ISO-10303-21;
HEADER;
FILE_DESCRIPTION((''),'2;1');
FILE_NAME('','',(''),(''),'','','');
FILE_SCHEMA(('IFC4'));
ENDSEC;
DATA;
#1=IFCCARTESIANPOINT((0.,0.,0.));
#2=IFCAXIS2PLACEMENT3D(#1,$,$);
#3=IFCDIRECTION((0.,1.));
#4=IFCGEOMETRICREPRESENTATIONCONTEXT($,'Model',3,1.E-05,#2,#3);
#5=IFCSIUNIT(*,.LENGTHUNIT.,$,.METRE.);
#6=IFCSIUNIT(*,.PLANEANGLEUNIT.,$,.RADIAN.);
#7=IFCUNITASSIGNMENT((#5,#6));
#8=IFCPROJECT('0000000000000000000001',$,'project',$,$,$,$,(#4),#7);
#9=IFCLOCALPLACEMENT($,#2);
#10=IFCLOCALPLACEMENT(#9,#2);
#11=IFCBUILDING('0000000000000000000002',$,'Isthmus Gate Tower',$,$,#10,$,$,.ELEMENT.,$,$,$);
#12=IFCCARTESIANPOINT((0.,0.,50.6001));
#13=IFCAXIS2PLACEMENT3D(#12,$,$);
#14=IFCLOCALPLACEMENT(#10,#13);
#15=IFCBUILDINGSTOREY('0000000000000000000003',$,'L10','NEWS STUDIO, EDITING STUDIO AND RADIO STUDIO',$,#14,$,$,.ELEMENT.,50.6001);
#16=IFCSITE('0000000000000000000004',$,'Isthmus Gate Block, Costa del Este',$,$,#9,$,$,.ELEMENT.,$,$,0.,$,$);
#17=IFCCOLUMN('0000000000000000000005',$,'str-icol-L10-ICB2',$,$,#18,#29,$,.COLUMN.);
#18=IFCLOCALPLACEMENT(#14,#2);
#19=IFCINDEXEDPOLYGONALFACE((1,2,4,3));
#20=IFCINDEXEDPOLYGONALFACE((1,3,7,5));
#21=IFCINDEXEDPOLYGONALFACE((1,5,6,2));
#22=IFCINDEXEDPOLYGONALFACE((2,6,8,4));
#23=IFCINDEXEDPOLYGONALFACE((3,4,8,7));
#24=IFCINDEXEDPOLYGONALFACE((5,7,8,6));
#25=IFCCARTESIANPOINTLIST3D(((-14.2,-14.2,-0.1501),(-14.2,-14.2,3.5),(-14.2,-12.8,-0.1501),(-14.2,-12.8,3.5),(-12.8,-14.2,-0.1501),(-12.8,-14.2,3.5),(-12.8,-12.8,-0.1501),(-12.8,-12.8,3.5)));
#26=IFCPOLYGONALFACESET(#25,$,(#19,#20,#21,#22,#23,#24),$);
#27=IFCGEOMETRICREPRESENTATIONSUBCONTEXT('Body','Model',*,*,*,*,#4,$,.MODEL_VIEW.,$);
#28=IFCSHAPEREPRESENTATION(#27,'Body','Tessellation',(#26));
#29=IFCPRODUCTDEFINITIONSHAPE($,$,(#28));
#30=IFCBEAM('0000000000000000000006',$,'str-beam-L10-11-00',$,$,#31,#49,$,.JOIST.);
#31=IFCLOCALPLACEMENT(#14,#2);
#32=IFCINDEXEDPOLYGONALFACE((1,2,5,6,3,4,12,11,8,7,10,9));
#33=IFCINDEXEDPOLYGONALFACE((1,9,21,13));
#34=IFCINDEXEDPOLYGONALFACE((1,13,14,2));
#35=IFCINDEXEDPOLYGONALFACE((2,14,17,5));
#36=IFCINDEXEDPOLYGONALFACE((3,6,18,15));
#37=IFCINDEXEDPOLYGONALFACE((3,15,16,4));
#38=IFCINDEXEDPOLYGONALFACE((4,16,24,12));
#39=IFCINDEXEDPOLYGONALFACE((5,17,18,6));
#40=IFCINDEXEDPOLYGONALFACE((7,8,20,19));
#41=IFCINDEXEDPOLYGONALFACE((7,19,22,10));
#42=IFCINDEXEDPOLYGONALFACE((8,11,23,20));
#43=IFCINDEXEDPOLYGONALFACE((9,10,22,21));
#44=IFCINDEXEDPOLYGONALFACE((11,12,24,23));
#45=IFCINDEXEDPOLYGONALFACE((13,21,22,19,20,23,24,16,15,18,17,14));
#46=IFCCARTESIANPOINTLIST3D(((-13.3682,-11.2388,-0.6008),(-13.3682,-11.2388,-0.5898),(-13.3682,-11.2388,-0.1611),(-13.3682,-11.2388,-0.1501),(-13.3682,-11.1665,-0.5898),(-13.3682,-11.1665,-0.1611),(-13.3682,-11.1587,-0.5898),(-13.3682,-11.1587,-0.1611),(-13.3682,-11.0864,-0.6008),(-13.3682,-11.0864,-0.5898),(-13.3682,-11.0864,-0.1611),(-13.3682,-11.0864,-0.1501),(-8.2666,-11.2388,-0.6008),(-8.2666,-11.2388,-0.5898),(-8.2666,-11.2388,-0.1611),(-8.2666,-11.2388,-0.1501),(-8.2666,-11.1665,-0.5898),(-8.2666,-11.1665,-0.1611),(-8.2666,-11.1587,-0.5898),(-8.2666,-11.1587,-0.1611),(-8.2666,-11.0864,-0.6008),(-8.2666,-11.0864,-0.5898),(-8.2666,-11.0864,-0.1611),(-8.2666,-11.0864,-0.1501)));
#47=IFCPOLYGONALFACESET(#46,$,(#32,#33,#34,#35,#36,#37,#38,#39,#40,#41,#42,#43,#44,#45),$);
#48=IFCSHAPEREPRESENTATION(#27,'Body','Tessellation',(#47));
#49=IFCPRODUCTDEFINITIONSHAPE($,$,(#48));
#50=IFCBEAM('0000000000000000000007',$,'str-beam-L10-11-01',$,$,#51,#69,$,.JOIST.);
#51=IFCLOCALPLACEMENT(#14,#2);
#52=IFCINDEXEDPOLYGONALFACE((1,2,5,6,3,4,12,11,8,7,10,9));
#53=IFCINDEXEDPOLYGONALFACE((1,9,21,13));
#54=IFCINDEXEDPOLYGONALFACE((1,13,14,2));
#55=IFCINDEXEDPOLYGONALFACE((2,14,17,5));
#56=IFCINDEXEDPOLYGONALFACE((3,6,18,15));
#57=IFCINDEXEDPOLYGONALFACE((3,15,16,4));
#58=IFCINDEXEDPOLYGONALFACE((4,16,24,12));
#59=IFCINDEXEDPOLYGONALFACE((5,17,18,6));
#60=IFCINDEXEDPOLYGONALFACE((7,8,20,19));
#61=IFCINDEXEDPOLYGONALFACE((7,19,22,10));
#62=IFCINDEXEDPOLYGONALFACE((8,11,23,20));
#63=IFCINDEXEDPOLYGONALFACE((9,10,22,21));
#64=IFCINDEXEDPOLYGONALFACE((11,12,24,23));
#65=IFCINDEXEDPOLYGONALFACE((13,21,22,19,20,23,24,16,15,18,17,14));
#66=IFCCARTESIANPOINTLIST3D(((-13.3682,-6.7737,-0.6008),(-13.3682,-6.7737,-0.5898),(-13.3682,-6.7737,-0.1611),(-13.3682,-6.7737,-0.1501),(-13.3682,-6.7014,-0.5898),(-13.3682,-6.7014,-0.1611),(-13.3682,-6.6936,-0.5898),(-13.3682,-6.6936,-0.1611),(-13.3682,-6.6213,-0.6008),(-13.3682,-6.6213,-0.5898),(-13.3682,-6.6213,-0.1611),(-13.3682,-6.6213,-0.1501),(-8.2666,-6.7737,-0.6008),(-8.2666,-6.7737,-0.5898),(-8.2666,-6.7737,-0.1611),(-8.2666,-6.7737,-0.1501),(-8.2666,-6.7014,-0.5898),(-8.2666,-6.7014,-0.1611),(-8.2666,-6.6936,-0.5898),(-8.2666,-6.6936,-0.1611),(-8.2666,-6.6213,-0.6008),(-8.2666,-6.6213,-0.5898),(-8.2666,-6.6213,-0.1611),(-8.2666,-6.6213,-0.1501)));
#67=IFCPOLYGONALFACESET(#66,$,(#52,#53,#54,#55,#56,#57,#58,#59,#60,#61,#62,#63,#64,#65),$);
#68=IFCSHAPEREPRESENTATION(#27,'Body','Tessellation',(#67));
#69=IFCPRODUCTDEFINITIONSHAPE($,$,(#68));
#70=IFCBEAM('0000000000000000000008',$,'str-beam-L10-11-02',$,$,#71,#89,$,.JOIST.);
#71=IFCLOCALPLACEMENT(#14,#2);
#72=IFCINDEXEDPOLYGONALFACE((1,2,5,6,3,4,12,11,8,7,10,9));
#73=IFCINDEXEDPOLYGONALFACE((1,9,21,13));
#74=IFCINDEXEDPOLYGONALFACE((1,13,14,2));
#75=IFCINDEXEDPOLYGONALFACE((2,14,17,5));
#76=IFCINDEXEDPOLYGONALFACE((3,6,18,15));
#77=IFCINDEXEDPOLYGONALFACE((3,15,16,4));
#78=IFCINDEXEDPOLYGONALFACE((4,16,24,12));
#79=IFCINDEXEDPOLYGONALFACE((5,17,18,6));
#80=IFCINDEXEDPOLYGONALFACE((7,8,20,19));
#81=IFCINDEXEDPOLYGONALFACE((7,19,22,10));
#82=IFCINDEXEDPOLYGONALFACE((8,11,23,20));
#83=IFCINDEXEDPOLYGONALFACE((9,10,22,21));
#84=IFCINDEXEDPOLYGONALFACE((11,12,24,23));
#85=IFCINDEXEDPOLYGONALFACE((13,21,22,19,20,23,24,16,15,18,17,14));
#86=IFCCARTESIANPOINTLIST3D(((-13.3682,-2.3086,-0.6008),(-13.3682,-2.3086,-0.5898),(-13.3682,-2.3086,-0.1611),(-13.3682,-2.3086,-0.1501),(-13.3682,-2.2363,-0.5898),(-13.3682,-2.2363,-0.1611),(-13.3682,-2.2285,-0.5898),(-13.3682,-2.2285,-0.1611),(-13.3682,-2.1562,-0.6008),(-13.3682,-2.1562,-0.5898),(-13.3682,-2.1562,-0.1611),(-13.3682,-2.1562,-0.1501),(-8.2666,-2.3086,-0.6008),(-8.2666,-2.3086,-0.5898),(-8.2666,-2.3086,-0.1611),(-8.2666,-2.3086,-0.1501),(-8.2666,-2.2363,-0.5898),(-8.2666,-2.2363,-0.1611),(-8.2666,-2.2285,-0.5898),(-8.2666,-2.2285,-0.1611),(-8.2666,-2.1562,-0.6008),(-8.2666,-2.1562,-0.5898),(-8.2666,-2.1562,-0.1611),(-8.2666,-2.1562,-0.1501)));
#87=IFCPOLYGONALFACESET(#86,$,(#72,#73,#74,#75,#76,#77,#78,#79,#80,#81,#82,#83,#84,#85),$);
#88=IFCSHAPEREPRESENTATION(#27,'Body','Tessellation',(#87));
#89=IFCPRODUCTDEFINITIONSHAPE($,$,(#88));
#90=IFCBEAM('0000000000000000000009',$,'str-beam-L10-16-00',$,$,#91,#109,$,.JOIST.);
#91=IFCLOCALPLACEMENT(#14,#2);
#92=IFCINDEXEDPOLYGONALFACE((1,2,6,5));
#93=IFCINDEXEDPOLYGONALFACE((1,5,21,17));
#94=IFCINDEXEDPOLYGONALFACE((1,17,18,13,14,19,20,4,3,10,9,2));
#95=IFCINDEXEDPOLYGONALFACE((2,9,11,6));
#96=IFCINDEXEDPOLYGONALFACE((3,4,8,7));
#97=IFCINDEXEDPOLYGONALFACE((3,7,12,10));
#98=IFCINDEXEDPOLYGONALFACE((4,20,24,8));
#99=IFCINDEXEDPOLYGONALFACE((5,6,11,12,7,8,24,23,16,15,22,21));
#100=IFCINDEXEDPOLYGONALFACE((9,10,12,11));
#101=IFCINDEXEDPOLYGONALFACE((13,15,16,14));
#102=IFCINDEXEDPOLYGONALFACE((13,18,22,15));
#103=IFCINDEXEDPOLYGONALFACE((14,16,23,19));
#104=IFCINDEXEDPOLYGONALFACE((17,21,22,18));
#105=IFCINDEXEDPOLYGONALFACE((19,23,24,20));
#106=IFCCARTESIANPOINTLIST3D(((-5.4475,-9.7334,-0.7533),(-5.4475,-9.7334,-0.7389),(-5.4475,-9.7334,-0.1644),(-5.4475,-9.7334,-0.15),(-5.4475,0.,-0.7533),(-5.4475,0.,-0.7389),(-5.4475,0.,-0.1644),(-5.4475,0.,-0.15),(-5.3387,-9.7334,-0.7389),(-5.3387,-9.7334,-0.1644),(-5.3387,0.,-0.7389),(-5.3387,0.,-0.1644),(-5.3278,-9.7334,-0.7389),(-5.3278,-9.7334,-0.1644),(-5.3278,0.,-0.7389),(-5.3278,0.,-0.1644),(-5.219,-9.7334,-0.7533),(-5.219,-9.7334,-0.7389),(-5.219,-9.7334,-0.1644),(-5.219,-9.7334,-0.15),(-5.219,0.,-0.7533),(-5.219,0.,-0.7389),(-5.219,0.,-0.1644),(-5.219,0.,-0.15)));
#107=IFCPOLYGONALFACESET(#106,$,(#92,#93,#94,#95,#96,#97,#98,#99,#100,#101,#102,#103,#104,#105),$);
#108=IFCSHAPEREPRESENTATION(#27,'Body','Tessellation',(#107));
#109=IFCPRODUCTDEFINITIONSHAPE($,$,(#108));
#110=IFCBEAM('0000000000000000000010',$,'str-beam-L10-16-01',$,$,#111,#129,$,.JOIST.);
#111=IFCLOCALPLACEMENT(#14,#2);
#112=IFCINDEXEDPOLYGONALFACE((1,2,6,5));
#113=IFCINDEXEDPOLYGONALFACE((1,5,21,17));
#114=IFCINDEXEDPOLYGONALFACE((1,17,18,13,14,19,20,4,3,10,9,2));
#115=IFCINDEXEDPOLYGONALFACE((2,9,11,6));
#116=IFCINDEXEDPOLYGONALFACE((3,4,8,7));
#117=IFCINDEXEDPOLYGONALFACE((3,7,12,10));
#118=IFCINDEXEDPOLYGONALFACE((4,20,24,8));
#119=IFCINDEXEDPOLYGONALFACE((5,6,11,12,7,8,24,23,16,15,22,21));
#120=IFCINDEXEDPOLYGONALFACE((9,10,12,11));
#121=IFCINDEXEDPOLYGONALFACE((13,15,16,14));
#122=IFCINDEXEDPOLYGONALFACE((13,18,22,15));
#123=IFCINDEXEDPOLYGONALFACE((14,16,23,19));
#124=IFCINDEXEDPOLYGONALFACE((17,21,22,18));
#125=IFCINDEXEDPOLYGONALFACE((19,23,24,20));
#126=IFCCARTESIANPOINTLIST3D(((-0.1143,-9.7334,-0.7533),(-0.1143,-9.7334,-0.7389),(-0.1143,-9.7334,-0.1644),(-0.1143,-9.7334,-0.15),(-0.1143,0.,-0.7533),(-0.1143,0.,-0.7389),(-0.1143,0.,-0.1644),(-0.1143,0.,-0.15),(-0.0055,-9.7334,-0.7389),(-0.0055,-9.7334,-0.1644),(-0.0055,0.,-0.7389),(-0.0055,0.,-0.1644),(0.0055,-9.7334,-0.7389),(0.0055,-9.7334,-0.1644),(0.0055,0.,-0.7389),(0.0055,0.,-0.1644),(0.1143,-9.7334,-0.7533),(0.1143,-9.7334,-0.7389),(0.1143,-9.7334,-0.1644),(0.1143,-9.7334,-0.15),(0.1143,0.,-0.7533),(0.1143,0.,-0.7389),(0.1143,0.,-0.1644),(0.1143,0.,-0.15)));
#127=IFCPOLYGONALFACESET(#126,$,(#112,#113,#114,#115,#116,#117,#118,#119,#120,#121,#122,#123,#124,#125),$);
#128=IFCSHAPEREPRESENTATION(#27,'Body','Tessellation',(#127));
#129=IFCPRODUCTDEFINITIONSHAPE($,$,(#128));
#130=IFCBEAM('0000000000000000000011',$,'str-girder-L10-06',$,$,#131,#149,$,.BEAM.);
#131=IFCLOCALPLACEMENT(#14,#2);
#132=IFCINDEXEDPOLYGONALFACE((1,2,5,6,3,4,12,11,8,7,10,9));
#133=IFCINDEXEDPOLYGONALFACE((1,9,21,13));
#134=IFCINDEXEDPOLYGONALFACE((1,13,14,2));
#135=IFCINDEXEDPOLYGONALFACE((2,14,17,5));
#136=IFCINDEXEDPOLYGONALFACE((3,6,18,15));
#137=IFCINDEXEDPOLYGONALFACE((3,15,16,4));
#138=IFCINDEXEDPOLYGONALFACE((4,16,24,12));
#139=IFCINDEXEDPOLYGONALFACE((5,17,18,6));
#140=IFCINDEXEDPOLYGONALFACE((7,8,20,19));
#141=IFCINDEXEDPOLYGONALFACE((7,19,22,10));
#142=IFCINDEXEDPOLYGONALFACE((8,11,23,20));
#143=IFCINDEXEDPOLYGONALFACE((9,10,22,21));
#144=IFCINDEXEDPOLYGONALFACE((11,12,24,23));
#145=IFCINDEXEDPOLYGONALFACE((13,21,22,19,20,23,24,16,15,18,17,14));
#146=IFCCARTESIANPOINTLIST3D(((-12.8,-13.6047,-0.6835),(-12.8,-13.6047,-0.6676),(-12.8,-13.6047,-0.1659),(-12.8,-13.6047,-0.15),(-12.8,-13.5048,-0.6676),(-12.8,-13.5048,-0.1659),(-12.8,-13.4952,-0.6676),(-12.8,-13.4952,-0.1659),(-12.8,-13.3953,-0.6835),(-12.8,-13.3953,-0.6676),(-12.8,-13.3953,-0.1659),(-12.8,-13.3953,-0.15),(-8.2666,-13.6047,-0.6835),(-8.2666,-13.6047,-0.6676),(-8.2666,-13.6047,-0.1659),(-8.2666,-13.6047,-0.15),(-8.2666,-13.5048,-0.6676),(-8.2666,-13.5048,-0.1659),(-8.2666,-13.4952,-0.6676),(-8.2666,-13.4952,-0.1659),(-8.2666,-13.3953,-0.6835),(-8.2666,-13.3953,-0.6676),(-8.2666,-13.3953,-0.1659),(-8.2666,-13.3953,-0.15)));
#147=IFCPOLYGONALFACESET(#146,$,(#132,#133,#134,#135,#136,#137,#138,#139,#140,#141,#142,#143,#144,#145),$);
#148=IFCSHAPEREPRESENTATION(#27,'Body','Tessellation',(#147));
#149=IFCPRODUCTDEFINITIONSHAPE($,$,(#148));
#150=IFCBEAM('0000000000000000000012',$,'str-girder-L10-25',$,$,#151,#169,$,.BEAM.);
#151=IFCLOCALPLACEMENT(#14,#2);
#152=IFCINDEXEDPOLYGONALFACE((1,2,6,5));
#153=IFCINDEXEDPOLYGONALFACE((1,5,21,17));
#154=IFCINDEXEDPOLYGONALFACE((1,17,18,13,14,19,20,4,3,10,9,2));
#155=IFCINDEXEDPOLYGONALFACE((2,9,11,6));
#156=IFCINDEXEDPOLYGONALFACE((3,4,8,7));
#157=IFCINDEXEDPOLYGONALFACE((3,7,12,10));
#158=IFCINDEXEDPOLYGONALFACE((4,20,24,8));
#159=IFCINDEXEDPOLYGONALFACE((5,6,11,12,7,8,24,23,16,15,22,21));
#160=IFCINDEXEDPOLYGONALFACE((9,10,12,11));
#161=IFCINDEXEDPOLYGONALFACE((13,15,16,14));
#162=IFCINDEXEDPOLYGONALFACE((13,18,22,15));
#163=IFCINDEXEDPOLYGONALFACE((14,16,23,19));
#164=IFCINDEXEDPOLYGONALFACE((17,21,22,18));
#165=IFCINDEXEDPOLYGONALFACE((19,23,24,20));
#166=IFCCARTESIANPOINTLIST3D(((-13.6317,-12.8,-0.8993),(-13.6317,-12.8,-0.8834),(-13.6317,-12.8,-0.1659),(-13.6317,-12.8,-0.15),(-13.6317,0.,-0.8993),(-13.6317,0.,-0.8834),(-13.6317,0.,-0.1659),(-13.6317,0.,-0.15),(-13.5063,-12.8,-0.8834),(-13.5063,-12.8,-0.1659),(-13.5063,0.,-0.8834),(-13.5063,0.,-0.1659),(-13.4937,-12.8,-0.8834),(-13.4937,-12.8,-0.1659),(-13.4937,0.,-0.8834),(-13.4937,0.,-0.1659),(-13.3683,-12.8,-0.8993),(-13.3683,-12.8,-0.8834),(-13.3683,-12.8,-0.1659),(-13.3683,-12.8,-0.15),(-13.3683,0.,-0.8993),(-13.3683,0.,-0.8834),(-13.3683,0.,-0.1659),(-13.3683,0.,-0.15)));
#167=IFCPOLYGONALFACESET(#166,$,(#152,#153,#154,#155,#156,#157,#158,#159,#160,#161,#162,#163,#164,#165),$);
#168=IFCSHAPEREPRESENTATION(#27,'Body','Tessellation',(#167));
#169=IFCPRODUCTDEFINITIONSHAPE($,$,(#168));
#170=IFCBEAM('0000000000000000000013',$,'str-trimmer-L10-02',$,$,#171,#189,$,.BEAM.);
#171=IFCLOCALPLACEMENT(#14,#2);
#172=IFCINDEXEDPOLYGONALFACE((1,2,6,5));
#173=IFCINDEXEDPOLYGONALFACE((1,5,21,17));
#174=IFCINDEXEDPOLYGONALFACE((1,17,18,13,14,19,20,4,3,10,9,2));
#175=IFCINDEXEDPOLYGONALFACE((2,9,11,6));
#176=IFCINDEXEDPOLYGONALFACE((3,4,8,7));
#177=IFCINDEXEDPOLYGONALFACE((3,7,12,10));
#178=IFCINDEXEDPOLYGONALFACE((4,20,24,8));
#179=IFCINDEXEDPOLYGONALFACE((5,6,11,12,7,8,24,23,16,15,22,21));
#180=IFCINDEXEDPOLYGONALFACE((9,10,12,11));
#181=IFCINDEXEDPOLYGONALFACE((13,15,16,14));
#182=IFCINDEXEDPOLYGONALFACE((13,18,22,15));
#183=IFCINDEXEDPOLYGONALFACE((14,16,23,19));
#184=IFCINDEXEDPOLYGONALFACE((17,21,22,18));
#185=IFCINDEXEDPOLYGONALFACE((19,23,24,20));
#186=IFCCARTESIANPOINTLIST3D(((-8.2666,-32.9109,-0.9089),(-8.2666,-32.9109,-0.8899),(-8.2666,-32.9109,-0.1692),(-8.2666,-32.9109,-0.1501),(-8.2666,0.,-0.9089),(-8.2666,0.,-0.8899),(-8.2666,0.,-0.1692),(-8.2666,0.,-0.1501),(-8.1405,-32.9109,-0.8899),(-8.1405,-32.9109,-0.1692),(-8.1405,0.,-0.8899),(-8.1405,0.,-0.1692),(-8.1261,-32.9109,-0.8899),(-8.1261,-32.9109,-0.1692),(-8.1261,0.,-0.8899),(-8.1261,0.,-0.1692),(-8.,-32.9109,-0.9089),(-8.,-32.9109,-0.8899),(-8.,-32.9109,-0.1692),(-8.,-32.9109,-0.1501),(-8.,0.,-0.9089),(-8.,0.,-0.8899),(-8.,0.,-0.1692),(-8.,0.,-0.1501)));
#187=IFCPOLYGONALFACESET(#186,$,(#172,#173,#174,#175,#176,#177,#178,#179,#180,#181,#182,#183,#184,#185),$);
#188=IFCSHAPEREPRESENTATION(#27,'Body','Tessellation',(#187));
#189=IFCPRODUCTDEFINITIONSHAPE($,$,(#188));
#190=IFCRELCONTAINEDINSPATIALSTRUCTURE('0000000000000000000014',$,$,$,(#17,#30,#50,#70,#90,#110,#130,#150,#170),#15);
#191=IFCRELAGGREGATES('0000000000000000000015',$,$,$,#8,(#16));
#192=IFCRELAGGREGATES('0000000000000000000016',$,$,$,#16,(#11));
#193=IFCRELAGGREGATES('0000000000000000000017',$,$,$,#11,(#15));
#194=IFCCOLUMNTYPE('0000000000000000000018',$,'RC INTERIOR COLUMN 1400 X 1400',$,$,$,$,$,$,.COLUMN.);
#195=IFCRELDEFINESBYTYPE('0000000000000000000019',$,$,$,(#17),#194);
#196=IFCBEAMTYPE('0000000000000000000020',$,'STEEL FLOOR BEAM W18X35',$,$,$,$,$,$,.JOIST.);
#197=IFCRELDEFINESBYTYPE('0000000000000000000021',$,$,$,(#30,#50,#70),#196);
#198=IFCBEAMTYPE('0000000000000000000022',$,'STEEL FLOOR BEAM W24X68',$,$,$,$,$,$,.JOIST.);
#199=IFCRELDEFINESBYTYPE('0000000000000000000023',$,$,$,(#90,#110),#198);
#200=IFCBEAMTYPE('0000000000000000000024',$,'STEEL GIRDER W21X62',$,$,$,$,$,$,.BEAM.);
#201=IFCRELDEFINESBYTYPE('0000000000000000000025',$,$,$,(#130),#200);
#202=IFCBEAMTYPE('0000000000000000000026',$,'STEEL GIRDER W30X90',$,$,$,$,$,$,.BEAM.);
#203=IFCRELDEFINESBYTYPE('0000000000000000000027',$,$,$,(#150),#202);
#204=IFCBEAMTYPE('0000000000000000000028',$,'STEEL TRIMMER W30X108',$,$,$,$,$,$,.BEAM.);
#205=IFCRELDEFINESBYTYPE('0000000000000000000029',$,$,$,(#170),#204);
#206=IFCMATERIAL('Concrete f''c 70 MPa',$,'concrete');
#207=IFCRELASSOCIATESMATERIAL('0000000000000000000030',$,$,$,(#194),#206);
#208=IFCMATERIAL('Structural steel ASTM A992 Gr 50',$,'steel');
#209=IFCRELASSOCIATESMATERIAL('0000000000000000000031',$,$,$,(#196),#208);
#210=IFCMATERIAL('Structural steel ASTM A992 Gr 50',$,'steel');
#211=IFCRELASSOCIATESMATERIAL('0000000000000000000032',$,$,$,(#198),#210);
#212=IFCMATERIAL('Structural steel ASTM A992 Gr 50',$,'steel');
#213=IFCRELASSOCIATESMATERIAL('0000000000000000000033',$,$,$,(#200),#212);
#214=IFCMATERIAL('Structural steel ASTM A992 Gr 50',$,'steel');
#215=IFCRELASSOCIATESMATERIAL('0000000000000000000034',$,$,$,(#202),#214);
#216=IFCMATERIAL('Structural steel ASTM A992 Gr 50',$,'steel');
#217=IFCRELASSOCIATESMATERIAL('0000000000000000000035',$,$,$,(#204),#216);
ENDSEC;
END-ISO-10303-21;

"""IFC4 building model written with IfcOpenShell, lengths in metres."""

from ifc_helpers import new_model, si_unit, direction, frame, origin, origin_2d, place, context, subcontext, project, spatial, rectangle, i_section, extrude, material, material_profile, profile_set, type_object, element, save


model = new_model("IFC4")

# Units and contexts
model_context = context("Model", 3, precision=1e-05, world=origin(), true_north=direction((0.0, 1.0)))
body_context = subcontext(model_context, "Body", "Model", "MODEL_VIEW")
ifc_project = project(units=[si_unit("LENGTHUNIT", "METRE"), si_unit("PLANEANGLEUNIT", "RADIAN")], contexts=[model_context])

# Site, building, storey
site_placement = place(None, origin())
site = spatial("IfcSite", under=ifc_project, at=site_placement, Name="Isthmus Gate Block, Costa del Este", CompositionType="ELEMENT", RefElevation=0.0)
building_placement = place(site_placement, origin())
building = spatial("IfcBuilding", under=site, at=building_placement, Name="Isthmus Gate Tower", CompositionType="ELEMENT")
storey_placement = place(building_placement, frame((0.0, 0.0, 50.6001)))
storey = spatial("IfcBuildingStorey", under=building, at=storey_placement, Name="L10", Description="NEWS STUDIO, EDITING STUDIO AND RADIO STUDIO", CompositionType="ELEMENT", Elevation=50.6001)

# Column
ifc_material_1 = material(Name="Concrete f'c 70 MPa", Category="concrete")
ifc_material_profile_1 = material_profile(ifc_material_1, rectangle(XDim=1.3999, YDim=1.3999, at=origin_2d()), Name="RC 1400X1400")
ifc_profile_set_1 = profile_set([ifc_material_profile_1], Name="Concrete f'c 70 MPa")
column_type = type_object("IfcColumnType", Name="RC INTERIOR COLUMN 1400 X 1400", PredefinedType="COLUMN", material=ifc_profile_set_1)
column_placement = place(storey_placement, frame((-13.5, -13.5, -0.1501), z_axis=(0.0, 0.0, 1.0), x_axis=(1.0, 0.0, 0.0)))
element("IfcColumn", 1, at=column_placement, inside=storey, type_object=column_type, Name="str-icol-L10-ICB2", PredefinedType="COLUMN", context=body_context, shape_type="SweptSolid", body=[
    extrude(rectangle(XDim=1.3999, YDim=1.3999, at=origin_2d()), origin(), (0.0, 0.0, 1.0), 3.6501),
])

# Beams
ifc_material_2 = material(Name="Structural steel ASTM A992 Gr 50", Category="steel")
ifc_material_profile_2 = material_profile(ifc_material_2, i_section(OverallWidth=0.1523, OverallDepth=0.4507, WebThickness=0.0078, FlangeThickness=0.011, at=origin_2d()), Name="W18X35")
ifc_profile_set_2 = profile_set([ifc_material_profile_2], Name="Structural steel ASTM A992 Gr 50")
beam_type_1 = type_object("IfcBeamType", Name="STEEL FLOOR BEAM W18X35", PredefinedType="JOIST", material=ifc_profile_set_2)
for number, where, z_axis, x_axis, name in (
    (2, (-13.3682, -11.1626, -0.3755), (1.0, 0.0, 0.0), (0.0, 1.0, 0.0), "str-beam-L10-11-00"),
    (3, (-13.3682, -6.6975, -0.3755), (1.0, 0.0, 0.0), (0.0, 1.0, 0.0), "str-beam-L10-11-01"),
    (4, (-13.3682, -2.2324, -0.3755), (1.0, 0.0, 0.0), (0.0, 1.0, 0.0), "str-beam-L10-11-02"),
):
    element("IfcBeam", number, at=place(storey_placement, frame(where, z_axis=z_axis, x_axis=x_axis)), inside=storey, type_object=beam_type_1, Name=name, PredefinedType="JOIST", context=body_context, shape_type="SweptSolid", body=[
        extrude(i_section(OverallWidth=0.1523, OverallDepth=0.4507, WebThickness=0.0078, FlangeThickness=0.011, at=origin_2d()), origin(), (0.0, 0.0, 1.0), 5.1016),
    ])
ifc_material_3 = material(Name="Structural steel ASTM A992 Gr 50", Category="steel")
ifc_material_profile_3 = material_profile(ifc_material_3, i_section(OverallWidth=0.2285, OverallDepth=0.6033, WebThickness=0.011, FlangeThickness=0.0144, at=origin_2d()), Name="W24X68")
ifc_profile_set_3 = profile_set([ifc_material_profile_3], Name="Structural steel ASTM A992 Gr 50")
beam_type_2 = type_object("IfcBeamType", Name="STEEL FLOOR BEAM W24X68", PredefinedType="JOIST", material=ifc_profile_set_3)
for number, where, z_axis, x_axis, name in (
    (5, (-5.3333, -9.7334, -0.4517), (0.0, 1.0, 0.0), (-1.0, 0.0, 0.0), "str-beam-L10-16-00"),
    (6, (0.0, -9.7334, -0.4517), (0.0, 1.0, 0.0), (-1.0, 0.0, 0.0), "str-beam-L10-16-01"),
):
    element("IfcBeam", number, at=place(storey_placement, frame(where, z_axis=z_axis, x_axis=x_axis)), inside=storey, type_object=beam_type_2, Name=name, PredefinedType="JOIST", context=body_context, shape_type="SweptSolid", body=[
        extrude(i_section(OverallWidth=0.2285, OverallDepth=0.6033, WebThickness=0.011, FlangeThickness=0.0144, at=origin_2d()), origin(), (0.0, 0.0, 1.0), 9.7334),
    ])
ifc_material_4 = material(Name="Structural steel ASTM A992 Gr 50", Category="steel")
ifc_material_profile_4 = material_profile(ifc_material_4, i_section(OverallWidth=0.2095, OverallDepth=0.5334, WebThickness=0.0095, FlangeThickness=0.0159, at=origin_2d()), Name="W21X62")
ifc_profile_set_4 = profile_set([ifc_material_profile_4], Name="Structural steel ASTM A992 Gr 50")
beam_type_3 = type_object("IfcBeamType", Name="STEEL GIRDER W21X62", PredefinedType="BEAM", material=ifc_profile_set_4)
beam_1_placement = place(storey_placement, frame((-12.8, -13.5, -0.4167), z_axis=(1.0, 0.0, 0.0), x_axis=(0.0, 1.0, 0.0)))
element("IfcBeam", 7, at=beam_1_placement, inside=storey, type_object=beam_type_3, Name="str-girder-L10-06", PredefinedType="BEAM", context=body_context, shape_type="SweptSolid", body=[
    extrude(i_section(OverallWidth=0.2095, OverallDepth=0.5334, WebThickness=0.0095, FlangeThickness=0.0159, at=origin_2d()), origin(), (0.0, 0.0, 1.0), 4.5334),
])
ifc_material_5 = material(Name="Structural steel ASTM A992 Gr 50", Category="steel")
ifc_material_profile_5 = material_profile(ifc_material_5, i_section(OverallWidth=0.2634, OverallDepth=0.7493, WebThickness=0.0127, FlangeThickness=0.0159, at=origin_2d()), Name="W30X90")
ifc_profile_set_5 = profile_set([ifc_material_profile_5], Name="Structural steel ASTM A992 Gr 50")
beam_type_4 = type_object("IfcBeamType", Name="STEEL GIRDER W30X90", PredefinedType="BEAM", material=ifc_profile_set_5)
beam_2_placement = place(storey_placement, frame((-13.5, -12.8, -0.5247), z_axis=(0.0, 1.0, 0.0), x_axis=(-1.0, 0.0, 0.0)))
element("IfcBeam", 8, at=beam_2_placement, inside=storey, type_object=beam_type_4, Name="str-girder-L10-25", PredefinedType="BEAM", context=body_context, shape_type="SweptSolid", body=[
    extrude(i_section(OverallWidth=0.2634, OverallDepth=0.7493, WebThickness=0.0127, FlangeThickness=0.0159, at=origin_2d()), origin(), (0.0, 0.0, 1.0), 12.8),
])
ifc_material_6 = material(Name="Structural steel ASTM A992 Gr 50", Category="steel")
ifc_material_profile_6 = material_profile(ifc_material_6, i_section(OverallWidth=0.2666, OverallDepth=0.7588, WebThickness=0.0144, FlangeThickness=0.019, at=origin_2d()), Name="W30X108")
ifc_profile_set_6 = profile_set([ifc_material_profile_6], Name="Structural steel ASTM A992 Gr 50")
beam_type_5 = type_object("IfcBeamType", Name="STEEL TRIMMER W30X108", PredefinedType="BEAM", material=ifc_profile_set_6)
beam_3_placement = place(storey_placement, frame((-8.1333, 0.0, -0.5295), z_axis=(0.0, -1.0, 0.0), x_axis=(1.0, 0.0, 0.0)))
element("IfcBeam", 9, at=beam_3_placement, inside=storey, type_object=beam_type_5, Name="str-trimmer-L10-02", PredefinedType="BEAM", context=body_context, shape_type="SweptSolid", body=[
    extrude(i_section(OverallWidth=0.2666, OverallDepth=0.7588, WebThickness=0.0144, FlangeThickness=0.019, at=origin_2d()), origin(), (0.0, 0.0, 1.0), 32.9109),
])

save(model, "model.ifc")
